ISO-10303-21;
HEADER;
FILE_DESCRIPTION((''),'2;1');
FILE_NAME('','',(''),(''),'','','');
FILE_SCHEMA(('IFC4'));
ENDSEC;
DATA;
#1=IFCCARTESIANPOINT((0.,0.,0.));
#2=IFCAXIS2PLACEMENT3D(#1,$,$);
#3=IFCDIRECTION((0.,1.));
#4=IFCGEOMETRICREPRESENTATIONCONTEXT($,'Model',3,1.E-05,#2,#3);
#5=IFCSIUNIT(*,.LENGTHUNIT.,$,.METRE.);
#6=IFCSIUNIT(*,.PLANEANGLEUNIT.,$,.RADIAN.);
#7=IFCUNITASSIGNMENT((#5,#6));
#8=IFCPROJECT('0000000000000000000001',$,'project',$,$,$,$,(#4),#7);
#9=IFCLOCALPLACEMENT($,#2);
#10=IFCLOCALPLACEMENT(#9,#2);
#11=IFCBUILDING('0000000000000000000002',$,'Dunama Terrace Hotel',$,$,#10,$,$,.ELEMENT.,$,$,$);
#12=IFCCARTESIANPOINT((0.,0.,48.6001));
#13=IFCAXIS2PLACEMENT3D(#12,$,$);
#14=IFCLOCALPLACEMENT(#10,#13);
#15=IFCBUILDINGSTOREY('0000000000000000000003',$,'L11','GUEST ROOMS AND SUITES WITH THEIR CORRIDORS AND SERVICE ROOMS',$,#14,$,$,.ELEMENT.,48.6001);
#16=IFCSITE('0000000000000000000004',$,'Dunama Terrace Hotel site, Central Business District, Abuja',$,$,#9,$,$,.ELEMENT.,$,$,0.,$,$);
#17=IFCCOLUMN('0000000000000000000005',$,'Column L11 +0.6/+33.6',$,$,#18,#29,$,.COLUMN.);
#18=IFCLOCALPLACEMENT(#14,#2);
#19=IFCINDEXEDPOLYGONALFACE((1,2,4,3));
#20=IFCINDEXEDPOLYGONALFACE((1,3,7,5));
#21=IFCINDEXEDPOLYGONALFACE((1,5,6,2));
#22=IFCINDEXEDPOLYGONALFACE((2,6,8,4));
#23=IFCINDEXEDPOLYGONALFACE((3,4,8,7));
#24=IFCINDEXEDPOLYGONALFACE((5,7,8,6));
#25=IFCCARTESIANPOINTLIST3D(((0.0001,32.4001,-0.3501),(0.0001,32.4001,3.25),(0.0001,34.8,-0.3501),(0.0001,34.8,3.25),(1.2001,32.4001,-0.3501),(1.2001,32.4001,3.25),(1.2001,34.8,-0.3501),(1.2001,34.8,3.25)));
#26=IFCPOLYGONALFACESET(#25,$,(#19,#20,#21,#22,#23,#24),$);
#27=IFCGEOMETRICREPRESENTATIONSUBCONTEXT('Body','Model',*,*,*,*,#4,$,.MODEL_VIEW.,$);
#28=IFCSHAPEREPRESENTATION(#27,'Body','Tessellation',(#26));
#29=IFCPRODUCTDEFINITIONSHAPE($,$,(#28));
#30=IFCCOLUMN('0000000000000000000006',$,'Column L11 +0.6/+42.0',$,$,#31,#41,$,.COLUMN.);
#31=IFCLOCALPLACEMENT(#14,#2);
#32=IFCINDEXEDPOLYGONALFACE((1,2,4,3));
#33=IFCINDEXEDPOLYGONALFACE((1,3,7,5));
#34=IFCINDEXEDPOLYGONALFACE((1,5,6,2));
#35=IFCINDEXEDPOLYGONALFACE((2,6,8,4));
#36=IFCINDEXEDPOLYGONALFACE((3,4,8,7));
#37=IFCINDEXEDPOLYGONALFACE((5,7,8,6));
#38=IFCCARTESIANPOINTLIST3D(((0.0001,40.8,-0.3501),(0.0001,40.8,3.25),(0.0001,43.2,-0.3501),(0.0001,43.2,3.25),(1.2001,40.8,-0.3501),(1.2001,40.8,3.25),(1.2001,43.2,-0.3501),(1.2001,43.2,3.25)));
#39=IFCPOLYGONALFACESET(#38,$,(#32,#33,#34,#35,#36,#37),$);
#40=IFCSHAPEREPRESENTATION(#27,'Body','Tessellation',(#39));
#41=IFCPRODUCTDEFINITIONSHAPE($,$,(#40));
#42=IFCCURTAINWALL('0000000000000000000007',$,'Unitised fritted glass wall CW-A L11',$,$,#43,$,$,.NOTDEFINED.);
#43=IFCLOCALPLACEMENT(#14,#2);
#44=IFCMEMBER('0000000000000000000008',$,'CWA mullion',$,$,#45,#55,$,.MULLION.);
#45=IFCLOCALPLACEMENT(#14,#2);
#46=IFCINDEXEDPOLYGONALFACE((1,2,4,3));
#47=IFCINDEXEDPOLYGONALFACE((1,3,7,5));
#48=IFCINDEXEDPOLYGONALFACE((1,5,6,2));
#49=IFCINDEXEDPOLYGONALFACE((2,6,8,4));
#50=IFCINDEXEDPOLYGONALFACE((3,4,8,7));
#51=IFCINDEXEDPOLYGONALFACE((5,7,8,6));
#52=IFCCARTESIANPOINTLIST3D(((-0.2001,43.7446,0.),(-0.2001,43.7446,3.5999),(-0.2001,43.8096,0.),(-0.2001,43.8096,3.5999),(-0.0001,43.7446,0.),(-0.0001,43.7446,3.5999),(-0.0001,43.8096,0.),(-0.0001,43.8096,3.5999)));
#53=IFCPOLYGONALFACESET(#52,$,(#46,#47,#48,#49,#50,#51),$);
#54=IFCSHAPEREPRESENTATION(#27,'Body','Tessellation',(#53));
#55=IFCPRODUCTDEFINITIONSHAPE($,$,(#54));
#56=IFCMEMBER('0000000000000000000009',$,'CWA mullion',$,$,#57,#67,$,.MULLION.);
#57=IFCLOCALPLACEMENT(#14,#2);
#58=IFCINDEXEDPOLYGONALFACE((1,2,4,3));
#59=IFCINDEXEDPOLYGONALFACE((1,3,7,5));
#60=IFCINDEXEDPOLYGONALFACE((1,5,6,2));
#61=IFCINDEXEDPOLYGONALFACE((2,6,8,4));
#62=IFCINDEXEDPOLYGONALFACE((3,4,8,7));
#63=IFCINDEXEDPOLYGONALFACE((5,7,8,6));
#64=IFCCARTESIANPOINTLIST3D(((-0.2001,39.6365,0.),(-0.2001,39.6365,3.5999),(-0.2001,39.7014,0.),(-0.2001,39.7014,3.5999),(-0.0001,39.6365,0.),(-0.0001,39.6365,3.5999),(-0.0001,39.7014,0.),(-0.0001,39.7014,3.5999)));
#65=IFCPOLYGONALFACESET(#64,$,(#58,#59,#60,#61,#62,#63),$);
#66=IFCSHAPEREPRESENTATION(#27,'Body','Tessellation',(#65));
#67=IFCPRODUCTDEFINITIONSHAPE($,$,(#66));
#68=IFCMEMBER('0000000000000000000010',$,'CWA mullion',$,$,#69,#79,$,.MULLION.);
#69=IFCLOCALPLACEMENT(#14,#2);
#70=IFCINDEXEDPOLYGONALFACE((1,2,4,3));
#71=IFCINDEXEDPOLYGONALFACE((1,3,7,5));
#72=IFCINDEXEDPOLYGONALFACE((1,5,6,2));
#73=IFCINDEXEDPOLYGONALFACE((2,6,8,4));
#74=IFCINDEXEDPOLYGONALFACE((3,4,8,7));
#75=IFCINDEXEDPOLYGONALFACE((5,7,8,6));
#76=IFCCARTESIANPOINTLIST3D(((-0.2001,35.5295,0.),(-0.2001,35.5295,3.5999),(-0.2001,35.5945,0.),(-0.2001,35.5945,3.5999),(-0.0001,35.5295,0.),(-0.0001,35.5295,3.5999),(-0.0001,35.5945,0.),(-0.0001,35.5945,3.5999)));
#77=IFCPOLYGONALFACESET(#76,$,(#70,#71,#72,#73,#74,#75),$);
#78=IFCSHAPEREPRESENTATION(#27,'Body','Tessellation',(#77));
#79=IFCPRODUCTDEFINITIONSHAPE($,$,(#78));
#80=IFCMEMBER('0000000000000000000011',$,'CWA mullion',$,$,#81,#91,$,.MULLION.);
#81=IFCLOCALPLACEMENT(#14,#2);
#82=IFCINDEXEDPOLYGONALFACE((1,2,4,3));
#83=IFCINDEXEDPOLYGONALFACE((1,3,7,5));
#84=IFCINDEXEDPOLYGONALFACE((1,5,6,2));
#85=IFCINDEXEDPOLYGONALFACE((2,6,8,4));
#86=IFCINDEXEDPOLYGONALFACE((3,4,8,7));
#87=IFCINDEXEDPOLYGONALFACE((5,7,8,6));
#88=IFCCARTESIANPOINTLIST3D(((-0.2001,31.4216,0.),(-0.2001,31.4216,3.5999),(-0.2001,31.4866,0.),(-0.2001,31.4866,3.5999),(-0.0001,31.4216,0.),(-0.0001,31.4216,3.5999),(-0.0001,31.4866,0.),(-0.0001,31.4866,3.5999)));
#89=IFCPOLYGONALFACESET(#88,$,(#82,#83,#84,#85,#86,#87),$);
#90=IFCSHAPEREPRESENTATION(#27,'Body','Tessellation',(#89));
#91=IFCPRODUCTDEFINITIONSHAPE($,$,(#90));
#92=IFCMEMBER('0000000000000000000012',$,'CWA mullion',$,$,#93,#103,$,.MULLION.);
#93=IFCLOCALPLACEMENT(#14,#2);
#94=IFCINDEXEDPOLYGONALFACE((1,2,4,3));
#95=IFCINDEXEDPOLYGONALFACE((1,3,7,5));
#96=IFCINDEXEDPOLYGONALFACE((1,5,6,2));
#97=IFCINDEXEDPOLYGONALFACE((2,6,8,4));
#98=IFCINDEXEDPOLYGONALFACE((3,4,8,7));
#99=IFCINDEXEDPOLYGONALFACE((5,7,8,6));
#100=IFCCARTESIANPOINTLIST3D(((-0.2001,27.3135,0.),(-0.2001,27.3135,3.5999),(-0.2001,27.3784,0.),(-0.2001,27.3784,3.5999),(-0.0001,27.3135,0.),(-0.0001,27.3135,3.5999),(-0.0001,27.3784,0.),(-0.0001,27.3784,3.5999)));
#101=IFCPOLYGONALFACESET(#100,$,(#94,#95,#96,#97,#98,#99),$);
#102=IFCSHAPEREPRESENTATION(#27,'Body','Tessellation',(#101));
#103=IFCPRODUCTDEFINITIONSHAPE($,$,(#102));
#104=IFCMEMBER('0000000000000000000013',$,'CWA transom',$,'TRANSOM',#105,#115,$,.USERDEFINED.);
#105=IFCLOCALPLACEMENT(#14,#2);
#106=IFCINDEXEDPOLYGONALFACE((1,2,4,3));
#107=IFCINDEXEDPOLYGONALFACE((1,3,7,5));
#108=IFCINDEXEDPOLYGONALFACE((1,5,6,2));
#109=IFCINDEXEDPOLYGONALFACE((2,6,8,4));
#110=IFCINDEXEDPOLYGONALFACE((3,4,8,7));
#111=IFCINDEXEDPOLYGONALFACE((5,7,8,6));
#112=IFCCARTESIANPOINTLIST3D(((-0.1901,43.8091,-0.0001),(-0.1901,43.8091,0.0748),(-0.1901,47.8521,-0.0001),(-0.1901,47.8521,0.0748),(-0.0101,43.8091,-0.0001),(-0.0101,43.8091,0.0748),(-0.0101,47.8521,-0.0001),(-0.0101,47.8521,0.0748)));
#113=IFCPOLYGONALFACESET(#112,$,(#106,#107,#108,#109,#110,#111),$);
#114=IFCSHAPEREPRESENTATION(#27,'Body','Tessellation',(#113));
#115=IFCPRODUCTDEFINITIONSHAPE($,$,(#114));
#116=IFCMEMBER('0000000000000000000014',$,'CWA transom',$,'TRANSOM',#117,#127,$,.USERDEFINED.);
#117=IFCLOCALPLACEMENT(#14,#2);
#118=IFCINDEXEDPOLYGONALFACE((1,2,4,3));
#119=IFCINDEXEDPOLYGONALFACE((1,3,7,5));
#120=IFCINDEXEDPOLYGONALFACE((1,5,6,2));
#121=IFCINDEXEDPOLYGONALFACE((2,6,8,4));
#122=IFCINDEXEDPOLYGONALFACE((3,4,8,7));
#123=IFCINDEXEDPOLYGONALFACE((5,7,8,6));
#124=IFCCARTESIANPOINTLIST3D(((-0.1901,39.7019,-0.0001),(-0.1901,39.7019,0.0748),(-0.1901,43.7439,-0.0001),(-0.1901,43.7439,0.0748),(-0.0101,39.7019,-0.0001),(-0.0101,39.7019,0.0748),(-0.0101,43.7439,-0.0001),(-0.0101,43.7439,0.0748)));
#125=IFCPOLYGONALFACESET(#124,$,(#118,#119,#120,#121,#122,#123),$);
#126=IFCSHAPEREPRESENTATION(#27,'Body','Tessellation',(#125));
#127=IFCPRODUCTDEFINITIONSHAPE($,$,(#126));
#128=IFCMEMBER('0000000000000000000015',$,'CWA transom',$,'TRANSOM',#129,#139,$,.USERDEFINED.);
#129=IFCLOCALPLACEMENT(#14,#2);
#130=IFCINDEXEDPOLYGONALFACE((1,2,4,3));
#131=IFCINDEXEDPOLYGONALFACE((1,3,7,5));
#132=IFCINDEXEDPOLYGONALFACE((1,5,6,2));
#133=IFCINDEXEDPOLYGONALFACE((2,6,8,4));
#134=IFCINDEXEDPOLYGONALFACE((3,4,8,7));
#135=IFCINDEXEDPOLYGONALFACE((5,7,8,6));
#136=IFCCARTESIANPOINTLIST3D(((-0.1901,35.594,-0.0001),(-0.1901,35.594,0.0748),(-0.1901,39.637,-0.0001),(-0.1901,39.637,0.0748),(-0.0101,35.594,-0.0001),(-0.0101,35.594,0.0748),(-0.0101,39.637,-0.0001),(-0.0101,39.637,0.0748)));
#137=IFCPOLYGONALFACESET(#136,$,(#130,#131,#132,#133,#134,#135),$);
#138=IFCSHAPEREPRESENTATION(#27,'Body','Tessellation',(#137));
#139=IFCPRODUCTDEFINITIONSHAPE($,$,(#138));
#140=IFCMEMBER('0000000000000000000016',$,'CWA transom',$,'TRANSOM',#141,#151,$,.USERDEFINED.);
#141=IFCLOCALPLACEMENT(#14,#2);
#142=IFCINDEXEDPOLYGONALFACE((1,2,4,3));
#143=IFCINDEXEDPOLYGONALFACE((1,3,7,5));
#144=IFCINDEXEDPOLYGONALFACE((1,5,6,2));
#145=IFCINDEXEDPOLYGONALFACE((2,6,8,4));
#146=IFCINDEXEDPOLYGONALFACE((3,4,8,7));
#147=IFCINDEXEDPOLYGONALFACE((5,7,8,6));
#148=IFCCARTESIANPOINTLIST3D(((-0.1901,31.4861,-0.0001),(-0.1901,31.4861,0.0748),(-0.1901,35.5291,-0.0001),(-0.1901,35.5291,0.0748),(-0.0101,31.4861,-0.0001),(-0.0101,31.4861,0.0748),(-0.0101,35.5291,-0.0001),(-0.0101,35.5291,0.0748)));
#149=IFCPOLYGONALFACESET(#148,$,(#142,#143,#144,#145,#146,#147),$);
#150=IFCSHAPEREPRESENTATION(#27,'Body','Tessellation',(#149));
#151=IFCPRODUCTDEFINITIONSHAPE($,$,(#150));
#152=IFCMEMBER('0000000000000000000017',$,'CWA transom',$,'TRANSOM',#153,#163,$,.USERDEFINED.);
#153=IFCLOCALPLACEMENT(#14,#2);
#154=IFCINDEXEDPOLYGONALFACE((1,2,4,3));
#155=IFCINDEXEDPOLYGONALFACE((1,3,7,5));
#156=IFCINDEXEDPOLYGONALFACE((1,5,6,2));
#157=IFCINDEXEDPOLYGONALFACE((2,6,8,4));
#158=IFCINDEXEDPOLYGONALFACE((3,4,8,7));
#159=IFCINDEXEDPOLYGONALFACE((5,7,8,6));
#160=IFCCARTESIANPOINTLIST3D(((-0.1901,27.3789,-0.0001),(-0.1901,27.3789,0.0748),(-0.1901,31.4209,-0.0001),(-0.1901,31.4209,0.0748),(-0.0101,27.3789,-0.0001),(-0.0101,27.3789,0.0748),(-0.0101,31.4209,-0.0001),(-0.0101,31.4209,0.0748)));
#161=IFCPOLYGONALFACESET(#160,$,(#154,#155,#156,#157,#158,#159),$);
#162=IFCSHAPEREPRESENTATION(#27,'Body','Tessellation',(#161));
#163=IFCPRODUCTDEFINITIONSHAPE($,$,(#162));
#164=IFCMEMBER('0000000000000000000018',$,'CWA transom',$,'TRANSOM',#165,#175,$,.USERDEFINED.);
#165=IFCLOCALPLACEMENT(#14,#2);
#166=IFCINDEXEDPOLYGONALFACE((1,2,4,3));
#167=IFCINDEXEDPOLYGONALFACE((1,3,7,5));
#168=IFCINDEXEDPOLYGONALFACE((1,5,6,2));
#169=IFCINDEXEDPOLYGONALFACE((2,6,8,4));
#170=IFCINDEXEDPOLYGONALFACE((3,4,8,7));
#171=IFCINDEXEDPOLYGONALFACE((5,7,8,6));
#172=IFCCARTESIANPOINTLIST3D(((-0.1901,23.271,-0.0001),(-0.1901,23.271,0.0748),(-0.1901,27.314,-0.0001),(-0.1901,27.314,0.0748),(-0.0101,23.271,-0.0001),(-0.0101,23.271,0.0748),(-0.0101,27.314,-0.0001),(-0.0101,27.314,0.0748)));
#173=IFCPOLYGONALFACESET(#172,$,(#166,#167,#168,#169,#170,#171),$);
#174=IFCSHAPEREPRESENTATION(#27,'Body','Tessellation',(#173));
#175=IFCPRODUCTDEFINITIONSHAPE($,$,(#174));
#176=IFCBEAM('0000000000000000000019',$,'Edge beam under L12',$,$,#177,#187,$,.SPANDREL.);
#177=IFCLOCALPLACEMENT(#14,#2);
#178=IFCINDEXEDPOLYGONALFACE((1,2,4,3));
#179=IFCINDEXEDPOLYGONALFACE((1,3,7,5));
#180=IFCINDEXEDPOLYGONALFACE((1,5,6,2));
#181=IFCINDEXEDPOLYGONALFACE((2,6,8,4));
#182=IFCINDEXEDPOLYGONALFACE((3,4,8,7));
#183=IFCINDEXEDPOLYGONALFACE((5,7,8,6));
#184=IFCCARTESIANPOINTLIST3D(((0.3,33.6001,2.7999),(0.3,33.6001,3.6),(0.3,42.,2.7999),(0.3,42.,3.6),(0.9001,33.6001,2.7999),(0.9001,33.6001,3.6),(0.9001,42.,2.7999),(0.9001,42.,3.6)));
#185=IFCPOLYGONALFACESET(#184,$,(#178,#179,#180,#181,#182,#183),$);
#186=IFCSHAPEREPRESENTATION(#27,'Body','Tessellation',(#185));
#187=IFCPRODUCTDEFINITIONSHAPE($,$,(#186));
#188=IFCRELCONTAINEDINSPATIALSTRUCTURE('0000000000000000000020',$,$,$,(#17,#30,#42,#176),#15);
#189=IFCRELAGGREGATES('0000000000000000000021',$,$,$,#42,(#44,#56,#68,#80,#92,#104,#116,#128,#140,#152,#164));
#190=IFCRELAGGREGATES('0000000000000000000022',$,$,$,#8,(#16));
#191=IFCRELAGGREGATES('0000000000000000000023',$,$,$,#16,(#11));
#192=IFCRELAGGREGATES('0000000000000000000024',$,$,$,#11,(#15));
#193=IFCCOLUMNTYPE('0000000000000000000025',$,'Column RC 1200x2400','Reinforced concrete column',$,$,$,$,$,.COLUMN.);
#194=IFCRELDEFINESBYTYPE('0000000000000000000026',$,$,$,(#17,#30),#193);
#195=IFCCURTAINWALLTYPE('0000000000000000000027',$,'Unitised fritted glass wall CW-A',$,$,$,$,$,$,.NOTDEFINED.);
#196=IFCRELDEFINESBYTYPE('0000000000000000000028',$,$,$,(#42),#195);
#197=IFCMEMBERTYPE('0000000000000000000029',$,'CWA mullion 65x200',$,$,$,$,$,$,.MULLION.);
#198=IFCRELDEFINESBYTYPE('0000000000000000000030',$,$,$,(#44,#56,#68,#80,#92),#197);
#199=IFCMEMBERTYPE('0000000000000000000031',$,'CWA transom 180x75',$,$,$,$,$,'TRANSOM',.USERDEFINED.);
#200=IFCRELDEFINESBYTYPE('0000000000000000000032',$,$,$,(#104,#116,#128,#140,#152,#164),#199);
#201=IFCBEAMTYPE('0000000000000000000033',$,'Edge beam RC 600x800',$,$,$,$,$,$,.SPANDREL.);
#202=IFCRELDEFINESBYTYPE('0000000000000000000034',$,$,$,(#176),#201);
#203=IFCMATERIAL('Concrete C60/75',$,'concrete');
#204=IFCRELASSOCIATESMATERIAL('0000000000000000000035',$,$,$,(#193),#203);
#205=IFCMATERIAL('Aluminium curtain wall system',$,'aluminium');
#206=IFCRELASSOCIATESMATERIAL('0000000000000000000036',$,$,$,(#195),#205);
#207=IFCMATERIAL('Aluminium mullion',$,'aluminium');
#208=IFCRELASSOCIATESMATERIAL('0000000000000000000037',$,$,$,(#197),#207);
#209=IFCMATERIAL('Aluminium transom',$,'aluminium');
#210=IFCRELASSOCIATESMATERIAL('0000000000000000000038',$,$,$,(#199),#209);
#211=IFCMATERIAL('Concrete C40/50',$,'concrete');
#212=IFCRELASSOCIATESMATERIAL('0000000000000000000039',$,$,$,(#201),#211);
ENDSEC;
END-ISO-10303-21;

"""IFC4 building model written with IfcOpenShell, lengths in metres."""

from ifc_helpers import new_model, si_unit, direction, frame, origin, origin_2d, place, context, subcontext, project, spatial, rectangle, extrude, material, material_profile, profile_set, type_object, element, aggregate, save


model = new_model("IFC4")

# Units and contexts
model_context = context("Model", 3, precision=1e-05, world=origin(), true_north=direction((0.0, 1.0)))
body_context = subcontext(model_context, "Body", "Model", "MODEL_VIEW")
ifc_project = project(units=[si_unit("LENGTHUNIT", "METRE"), si_unit("PLANEANGLEUNIT", "RADIAN")], contexts=[model_context])

# Site, building, storey
site_placement = place(None, origin())
site = spatial("IfcSite", under=ifc_project, at=site_placement, Name="Dunama Terrace Hotel site, Central Business District, Abuja", CompositionType="ELEMENT", RefElevation=0.0)
building_placement = place(site_placement, origin())
building = spatial("IfcBuilding", under=site, at=building_placement, Name="Dunama Terrace Hotel", CompositionType="ELEMENT")
storey_placement = place(building_placement, frame((0.0, 0.0, 48.6001)))
storey = spatial("IfcBuildingStorey", under=building, at=storey_placement, Name="L11", Description="GUEST ROOMS AND SUITES WITH THEIR CORRIDORS AND SERVICE ROOMS", CompositionType="ELEMENT", Elevation=48.6001)

# Columns
ifc_material_1 = material(Name="Concrete C60/75", Category="concrete")
ifc_material_profile_1 = material_profile(ifc_material_1, rectangle(XDim=1.2, YDim=2.3999, at=origin_2d()), Name="RC 1200x2400")
ifc_profile_set_1 = profile_set([ifc_material_profile_1], Name="Concrete C60/75")
column_type = type_object("IfcColumnType", Name="Column RC 1200x2400", Description="Reinforced concrete column", PredefinedType="COLUMN", material=ifc_profile_set_1)
for number, where, z_axis, x_axis, name in (
    (1, (0.6001, 33.6001, -0.3501), (0.0, 0.0, 1.0), (1.0, 0.0, 0.0), "Column L11 +0.6/+33.6"),
    (2, (0.6001, 42.0, -0.3501), (0.0, 0.0, 1.0), (1.0, 0.0, 0.0), "Column L11 +0.6/+42.0"),
):
    element("IfcColumn", number, at=place(storey_placement, frame(where, z_axis=z_axis, x_axis=x_axis)), inside=storey, type_object=column_type, Name=name, PredefinedType="COLUMN", context=body_context, shape_type="SweptSolid", body=[
        extrude(rectangle(XDim=1.2, YDim=2.3999, at=origin_2d()), origin(), (0.0, 0.0, 1.0), 3.6001),
    ])

# Curtain wall, members
ifc_material_2 = material(Name="Aluminium curtain wall system", Category="aluminium")
curtain_wall_type = type_object("IfcCurtainWallType", Name="Unitised fritted glass wall CW-A", PredefinedType="NOTDEFINED", material=ifc_material_2)
curtain_wall_placement = place(storey_placement, origin())
curtain_wall = element("IfcCurtainWall", 3, at=curtain_wall_placement, inside=storey, type_object=curtain_wall_type, Name="Unitised fritted glass wall CW-A L11", PredefinedType="NOTDEFINED")
ifc_material_3 = material(Name="Aluminium mullion", Category="aluminium")
ifc_material_profile_2 = material_profile(ifc_material_3, rectangle(XDim=0.0649, YDim=0.2, at=origin_2d()), Name="CWA MULLION 65X200")
ifc_profile_set_2 = profile_set([ifc_material_profile_2], Name="Aluminium mullion")
member_type_1 = type_object("IfcMemberType", Name="CWA mullion 65x200", PredefinedType="MULLION", material=ifc_profile_set_2)
member_1_placement = place(storey_placement, frame((-0.1001, 43.7771, 0.0), z_axis=(0.0, 0.0, 1.0), x_axis=(0.0, -1.0, 0.0)))
member_1 = element("IfcMember", 4, at=member_1_placement, type_object=member_type_1, Name="CWA mullion", PredefinedType="MULLION", context=body_context, shape_type="SweptSolid", body=[
    extrude(rectangle(XDim=0.0649, YDim=0.2, at=origin_2d()), origin(), (0.0, 0.0, 1.0), 3.5999),
])
member_2_placement = place(storey_placement, frame((-0.1001, 39.6689, 0.0), z_axis=(0.0, 0.0, 1.0), x_axis=(0.0, -1.0, 0.0)))
member_2 = element("IfcMember", 5, at=member_2_placement, type_object=member_type_1, Name="CWA mullion", PredefinedType="MULLION", context=body_context, shape_type="SweptSolid", body=[
    extrude(rectangle(XDim=0.0649, YDim=0.2, at=origin_2d()), origin(), (0.0, 0.0, 1.0), 3.5999),
])
member_3_placement = place(storey_placement, frame((-0.1001, 35.562, 0.0), z_axis=(0.0, 0.0, 1.0), x_axis=(0.0, -1.0, 0.0)))
member_3 = element("IfcMember", 6, at=member_3_placement, type_object=member_type_1, Name="CWA mullion", PredefinedType="MULLION", context=body_context, shape_type="SweptSolid", body=[
    extrude(rectangle(XDim=0.0649, YDim=0.2, at=origin_2d()), origin(), (0.0, 0.0, 1.0), 3.5999),
])
member_4_placement = place(storey_placement, frame((-0.1001, 31.4541, 0.0), z_axis=(0.0, 0.0, 1.0), x_axis=(0.0, -1.0, 0.0)))
member_4 = element("IfcMember", 7, at=member_4_placement, type_object=member_type_1, Name="CWA mullion", PredefinedType="MULLION", context=body_context, shape_type="SweptSolid", body=[
    extrude(rectangle(XDim=0.0649, YDim=0.2, at=origin_2d()), origin(), (0.0, 0.0, 1.0), 3.5999),
])
member_5_placement = place(storey_placement, frame((-0.1001, 27.3459, 0.0), z_axis=(0.0, 0.0, 1.0), x_axis=(0.0, -1.0, 0.0)))
member_5 = element("IfcMember", 8, at=member_5_placement, type_object=member_type_1, Name="CWA mullion", PredefinedType="MULLION", context=body_context, shape_type="SweptSolid", body=[
    extrude(rectangle(XDim=0.0649, YDim=0.2, at=origin_2d()), origin(), (0.0, 0.0, 1.0), 3.5999),
])
ifc_material_4 = material(Name="Aluminium transom", Category="aluminium")
ifc_material_profile_3 = material_profile(ifc_material_4, rectangle(XDim=0.1799, YDim=0.075, at=origin_2d()), Name="CWA TRANSOM 180X75")
ifc_profile_set_3 = profile_set([ifc_material_profile_3], Name="Aluminium transom")
member_type_2 = type_object("IfcMemberType", Name="CWA transom 180x75", ElementType="TRANSOM", PredefinedType="USERDEFINED", material=ifc_profile_set_3)
member_6_placement = place(storey_placement, frame((-0.1001, 47.8521, 0.0374), z_axis=(0.0, -1.0, 0.0), x_axis=(1.0, 0.0, 0.0)))
member_6 = element("IfcMember", 9, at=member_6_placement, type_object=member_type_2, Name="CWA transom", ObjectType="TRANSOM", PredefinedType="USERDEFINED", context=body_context, shape_type="SweptSolid", body=[
    extrude(rectangle(XDim=0.1799, YDim=0.075, at=origin_2d()), origin(), (0.0, 0.0, 1.0), 4.043),
])
member_7_placement = place(storey_placement, frame((-0.1001, 43.7439, 0.0374), z_axis=(0.0, -1.0, 0.0), x_axis=(1.0, 0.0, 0.0)))
member_7 = element("IfcMember", 10, at=member_7_placement, type_object=member_type_2, Name="CWA transom", ObjectType="TRANSOM", PredefinedType="USERDEFINED", context=body_context, shape_type="SweptSolid", body=[
    extrude(rectangle(XDim=0.1799, YDim=0.075, at=origin_2d()), origin(), (0.0, 0.0, 1.0), 4.042),
])
member_8_placement = place(storey_placement, frame((-0.1001, 39.637, 0.0374), z_axis=(0.0, -1.0, 0.0), x_axis=(1.0, 0.0, 0.0)))
member_8 = element("IfcMember", 11, at=member_8_placement, type_object=member_type_2, Name="CWA transom", ObjectType="TRANSOM", PredefinedType="USERDEFINED", context=body_context, shape_type="SweptSolid", body=[
    extrude(rectangle(XDim=0.1799, YDim=0.075, at=origin_2d()), origin(), (0.0, 0.0, 1.0), 4.043),
])
member_9_placement = place(storey_placement, frame((-0.1001, 35.5291, 0.0374), z_axis=(0.0, -1.0, 0.0), x_axis=(1.0, 0.0, 0.0)))
member_9 = element("IfcMember", 12, at=member_9_placement, type_object=member_type_2, Name="CWA transom", ObjectType="TRANSOM", PredefinedType="USERDEFINED", context=body_context, shape_type="SweptSolid", body=[
    extrude(rectangle(XDim=0.1799, YDim=0.075, at=origin_2d()), origin(), (0.0, 0.0, 1.0), 4.043),
])
member_10_placement = place(storey_placement, frame((-0.1001, 31.4209, 0.0374), z_axis=(0.0, -1.0, 0.0), x_axis=(1.0, 0.0, 0.0)))
member_10 = element("IfcMember", 13, at=member_10_placement, type_object=member_type_2, Name="CWA transom", ObjectType="TRANSOM", PredefinedType="USERDEFINED", context=body_context, shape_type="SweptSolid", body=[
    extrude(rectangle(XDim=0.1799, YDim=0.075, at=origin_2d()), origin(), (0.0, 0.0, 1.0), 4.042),
])
member_11_placement = place(storey_placement, frame((-0.1001, 27.314, 0.0374), z_axis=(0.0, -1.0, 0.0), x_axis=(1.0, 0.0, 0.0)))
member_11 = element("IfcMember", 14, at=member_11_placement, type_object=member_type_2, Name="CWA transom", ObjectType="TRANSOM", PredefinedType="USERDEFINED", context=body_context, shape_type="SweptSolid", body=[
    extrude(rectangle(XDim=0.1799, YDim=0.075, at=origin_2d()), origin(), (0.0, 0.0, 1.0), 4.043),
])

# Beam
ifc_material_5 = material(Name="Concrete C40/50", Category="concrete")
ifc_material_profile_4 = material_profile(ifc_material_5, rectangle(XDim=0.6001, YDim=0.8, at=origin_2d()), Name="RC 600x800")
ifc_profile_set_4 = profile_set([ifc_material_profile_4], Name="Concrete C40/50")
beam_type = type_object("IfcBeamType", Name="Edge beam RC 600x800", PredefinedType="SPANDREL", material=ifc_profile_set_4)
for number, where, z_axis, x_axis, name in (
    (15, (0.6001, 33.6001, 3.2), (0.0, 1.0, 0.0), (-1.0, 0.0, 0.0), "Edge beam under L12"),
):
    element("IfcBeam", number, at=place(storey_placement, frame(where, z_axis=z_axis, x_axis=x_axis)), inside=storey, type_object=beam_type, Name=name, PredefinedType="SPANDREL", context=body_context, shape_type="SweptSolid", body=[
        extrude(rectangle(XDim=0.6001, YDim=0.8, at=origin_2d()), origin(), (0.0, 0.0, 1.0), 8.3999),
    ])

aggregate(curtain_wall, [member_1, member_2, member_3, member_4, member_5, member_6, member_7, member_8, member_9, member_10, member_11])

save(model, "model.ifc")
